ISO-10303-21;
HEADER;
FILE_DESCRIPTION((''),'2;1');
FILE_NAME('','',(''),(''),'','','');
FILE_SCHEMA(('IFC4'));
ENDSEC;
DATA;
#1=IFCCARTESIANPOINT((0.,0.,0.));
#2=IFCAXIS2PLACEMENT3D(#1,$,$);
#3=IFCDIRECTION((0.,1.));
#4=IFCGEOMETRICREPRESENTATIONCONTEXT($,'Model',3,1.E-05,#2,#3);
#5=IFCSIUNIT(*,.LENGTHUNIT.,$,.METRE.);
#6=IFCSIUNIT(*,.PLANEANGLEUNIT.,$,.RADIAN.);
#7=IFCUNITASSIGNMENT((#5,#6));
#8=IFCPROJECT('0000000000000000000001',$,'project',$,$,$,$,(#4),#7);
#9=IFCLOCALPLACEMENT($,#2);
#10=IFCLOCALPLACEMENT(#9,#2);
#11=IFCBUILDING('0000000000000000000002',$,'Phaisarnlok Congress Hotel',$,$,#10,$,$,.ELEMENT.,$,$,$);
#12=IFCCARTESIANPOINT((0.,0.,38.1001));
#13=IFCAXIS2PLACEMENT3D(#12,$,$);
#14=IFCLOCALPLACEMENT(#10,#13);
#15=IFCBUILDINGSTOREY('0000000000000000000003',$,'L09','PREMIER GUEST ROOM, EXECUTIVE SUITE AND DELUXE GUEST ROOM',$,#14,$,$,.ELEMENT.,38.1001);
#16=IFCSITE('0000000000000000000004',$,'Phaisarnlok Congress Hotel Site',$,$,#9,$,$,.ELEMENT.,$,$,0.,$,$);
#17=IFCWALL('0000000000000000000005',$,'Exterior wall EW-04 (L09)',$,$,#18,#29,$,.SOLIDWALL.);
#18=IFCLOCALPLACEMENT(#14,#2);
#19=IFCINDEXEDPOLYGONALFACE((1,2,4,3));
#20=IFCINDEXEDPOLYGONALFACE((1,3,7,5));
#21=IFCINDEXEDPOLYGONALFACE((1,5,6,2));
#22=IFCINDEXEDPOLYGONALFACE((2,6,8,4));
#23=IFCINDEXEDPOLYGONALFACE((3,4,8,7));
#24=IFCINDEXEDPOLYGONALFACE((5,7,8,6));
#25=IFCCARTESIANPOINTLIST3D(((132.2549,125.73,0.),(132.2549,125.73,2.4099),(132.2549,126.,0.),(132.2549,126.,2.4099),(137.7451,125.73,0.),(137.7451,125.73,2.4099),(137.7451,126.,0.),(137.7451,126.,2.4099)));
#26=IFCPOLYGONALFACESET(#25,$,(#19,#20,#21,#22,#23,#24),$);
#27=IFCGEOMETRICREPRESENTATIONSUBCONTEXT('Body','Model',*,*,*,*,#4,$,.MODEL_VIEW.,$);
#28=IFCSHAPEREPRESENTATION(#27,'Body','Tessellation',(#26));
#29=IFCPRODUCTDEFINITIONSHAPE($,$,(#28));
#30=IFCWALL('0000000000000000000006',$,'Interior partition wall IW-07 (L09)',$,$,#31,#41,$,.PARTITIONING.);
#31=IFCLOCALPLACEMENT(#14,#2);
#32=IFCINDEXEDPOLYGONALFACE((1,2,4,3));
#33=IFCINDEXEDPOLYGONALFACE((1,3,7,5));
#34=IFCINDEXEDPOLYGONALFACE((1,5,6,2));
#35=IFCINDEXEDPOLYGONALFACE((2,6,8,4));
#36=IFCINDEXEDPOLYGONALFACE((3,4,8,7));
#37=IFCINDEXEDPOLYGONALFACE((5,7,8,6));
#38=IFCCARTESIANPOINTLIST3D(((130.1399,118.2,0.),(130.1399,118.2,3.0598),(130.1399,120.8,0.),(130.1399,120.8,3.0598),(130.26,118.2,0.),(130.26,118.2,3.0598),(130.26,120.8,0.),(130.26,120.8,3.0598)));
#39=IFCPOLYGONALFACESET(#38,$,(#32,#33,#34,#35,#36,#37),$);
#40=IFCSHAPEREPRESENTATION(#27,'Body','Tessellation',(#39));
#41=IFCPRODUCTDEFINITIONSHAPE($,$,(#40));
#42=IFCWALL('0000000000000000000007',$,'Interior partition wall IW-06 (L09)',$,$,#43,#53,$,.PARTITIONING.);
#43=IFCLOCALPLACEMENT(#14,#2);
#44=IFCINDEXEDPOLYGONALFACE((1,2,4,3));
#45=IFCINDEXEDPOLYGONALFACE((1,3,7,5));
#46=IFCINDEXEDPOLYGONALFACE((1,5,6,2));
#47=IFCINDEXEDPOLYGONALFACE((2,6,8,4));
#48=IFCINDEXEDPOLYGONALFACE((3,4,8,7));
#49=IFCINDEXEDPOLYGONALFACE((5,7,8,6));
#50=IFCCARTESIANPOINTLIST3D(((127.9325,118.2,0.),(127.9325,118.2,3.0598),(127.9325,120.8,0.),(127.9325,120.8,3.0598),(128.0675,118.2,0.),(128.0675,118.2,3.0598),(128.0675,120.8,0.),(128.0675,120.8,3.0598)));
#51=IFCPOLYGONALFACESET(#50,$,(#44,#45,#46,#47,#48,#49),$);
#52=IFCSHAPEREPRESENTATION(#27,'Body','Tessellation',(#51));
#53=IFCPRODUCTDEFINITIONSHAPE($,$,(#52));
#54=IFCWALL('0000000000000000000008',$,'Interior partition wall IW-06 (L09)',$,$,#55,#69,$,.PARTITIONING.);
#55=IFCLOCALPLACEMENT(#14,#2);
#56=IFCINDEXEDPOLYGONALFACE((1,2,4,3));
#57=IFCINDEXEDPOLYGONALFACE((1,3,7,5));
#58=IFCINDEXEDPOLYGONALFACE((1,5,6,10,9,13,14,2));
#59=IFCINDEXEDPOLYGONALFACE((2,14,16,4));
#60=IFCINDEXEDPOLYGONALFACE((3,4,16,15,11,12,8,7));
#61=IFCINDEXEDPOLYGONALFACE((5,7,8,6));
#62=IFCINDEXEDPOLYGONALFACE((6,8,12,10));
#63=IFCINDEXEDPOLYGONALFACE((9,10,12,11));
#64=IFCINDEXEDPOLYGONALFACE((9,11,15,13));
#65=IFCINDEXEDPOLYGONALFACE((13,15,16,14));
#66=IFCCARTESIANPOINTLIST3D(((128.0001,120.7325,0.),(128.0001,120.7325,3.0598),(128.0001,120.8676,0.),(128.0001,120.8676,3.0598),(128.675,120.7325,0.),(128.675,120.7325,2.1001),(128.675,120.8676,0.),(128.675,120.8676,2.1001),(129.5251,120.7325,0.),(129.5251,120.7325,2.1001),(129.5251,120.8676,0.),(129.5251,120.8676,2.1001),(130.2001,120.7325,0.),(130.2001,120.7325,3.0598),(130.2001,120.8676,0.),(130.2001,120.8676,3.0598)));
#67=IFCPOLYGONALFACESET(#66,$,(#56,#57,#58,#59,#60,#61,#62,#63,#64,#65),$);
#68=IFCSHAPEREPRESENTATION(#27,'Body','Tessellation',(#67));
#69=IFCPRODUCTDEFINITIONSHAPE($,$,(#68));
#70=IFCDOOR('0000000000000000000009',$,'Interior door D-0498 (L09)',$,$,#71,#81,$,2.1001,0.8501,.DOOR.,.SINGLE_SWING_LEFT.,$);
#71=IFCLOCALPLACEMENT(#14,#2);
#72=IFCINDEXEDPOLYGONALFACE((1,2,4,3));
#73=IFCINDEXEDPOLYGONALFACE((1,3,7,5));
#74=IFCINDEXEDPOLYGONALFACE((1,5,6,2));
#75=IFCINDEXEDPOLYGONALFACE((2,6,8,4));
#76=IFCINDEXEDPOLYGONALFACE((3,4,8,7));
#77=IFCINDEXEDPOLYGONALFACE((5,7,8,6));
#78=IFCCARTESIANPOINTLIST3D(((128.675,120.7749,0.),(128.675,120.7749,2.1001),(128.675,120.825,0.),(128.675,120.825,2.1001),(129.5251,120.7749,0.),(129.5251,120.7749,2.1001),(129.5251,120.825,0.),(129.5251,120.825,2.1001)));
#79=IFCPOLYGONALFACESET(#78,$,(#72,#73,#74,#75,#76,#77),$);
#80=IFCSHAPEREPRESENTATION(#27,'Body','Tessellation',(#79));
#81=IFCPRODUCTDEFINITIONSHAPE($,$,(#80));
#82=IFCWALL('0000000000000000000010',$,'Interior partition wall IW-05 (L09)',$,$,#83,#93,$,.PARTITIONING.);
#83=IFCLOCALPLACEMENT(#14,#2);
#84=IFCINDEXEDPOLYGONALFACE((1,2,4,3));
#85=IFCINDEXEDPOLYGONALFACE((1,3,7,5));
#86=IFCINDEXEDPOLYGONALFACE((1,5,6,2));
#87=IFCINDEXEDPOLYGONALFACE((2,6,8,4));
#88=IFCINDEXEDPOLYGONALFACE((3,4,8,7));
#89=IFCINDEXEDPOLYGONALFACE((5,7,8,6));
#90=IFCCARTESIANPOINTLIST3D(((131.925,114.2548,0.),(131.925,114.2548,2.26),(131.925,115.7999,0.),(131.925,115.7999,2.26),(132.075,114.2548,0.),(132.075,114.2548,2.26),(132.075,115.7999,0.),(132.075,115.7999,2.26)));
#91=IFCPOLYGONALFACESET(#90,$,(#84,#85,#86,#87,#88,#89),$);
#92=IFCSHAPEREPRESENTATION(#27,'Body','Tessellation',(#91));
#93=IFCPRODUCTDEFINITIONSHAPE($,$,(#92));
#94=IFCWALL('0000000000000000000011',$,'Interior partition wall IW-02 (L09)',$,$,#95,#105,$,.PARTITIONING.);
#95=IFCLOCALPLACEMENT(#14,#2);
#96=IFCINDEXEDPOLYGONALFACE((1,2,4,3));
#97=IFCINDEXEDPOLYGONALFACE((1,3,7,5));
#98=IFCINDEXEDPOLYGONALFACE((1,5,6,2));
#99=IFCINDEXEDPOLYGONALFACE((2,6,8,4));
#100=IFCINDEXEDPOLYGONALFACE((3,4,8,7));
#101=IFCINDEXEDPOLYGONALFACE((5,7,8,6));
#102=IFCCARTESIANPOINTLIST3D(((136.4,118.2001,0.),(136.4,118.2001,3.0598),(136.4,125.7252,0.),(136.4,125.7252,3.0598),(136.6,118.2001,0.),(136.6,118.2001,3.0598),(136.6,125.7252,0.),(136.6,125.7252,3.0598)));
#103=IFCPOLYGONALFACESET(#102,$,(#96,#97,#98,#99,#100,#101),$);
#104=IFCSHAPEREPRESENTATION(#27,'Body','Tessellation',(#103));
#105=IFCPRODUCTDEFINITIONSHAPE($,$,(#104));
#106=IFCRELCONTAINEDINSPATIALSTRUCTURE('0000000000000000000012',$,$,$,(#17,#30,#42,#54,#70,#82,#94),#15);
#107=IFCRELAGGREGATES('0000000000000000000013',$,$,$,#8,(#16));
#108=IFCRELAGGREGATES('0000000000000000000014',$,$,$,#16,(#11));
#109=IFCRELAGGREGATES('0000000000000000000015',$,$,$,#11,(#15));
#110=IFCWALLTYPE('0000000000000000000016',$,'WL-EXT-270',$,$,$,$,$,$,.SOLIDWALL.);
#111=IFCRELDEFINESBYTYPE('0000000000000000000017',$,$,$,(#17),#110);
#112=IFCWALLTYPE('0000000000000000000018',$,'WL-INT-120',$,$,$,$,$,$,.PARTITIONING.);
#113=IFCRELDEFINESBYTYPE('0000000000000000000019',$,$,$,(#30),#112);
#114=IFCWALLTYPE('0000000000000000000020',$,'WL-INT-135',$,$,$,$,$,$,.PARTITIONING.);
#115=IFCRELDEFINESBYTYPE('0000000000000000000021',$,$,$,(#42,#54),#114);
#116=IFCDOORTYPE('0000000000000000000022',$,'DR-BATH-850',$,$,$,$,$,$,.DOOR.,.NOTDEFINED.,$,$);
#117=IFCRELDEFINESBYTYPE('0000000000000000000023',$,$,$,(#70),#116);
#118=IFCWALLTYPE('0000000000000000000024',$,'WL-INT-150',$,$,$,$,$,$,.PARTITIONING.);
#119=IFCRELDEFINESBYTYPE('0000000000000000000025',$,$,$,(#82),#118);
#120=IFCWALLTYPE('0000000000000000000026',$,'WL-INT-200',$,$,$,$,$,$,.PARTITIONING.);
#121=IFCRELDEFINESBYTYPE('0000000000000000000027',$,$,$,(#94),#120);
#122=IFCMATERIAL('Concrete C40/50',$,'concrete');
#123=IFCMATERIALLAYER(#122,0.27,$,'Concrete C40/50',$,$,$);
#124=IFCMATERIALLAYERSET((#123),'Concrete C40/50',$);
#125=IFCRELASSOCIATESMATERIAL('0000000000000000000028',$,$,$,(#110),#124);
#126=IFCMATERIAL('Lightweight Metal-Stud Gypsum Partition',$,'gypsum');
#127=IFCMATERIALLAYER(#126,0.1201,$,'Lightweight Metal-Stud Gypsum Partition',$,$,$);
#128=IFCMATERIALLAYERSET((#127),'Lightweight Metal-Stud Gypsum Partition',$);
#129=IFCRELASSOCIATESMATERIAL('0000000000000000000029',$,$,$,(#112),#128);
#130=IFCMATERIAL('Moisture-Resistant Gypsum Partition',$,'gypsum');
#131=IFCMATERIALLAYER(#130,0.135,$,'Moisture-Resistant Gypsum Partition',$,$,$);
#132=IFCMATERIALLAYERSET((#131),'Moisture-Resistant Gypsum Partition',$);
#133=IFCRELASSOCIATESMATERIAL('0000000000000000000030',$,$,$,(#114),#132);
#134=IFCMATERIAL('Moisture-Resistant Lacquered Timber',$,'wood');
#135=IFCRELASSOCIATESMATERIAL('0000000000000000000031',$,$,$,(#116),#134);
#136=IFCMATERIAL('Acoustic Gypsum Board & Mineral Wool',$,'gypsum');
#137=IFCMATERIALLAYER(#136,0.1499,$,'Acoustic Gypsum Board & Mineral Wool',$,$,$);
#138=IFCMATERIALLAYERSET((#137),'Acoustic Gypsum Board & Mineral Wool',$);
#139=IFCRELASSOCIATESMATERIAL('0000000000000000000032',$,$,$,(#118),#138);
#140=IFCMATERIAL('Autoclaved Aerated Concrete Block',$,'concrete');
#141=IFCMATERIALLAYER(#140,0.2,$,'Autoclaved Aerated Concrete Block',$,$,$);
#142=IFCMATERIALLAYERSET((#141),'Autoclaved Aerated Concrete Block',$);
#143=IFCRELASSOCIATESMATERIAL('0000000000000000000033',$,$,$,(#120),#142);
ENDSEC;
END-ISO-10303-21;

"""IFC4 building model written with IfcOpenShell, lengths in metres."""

from ifc_helpers import new_model, si_unit, direction, frame, frame_2d, origin, place, context, subcontext, project, spatial, rectangle, extrude, material, layer, layer_set, type_object, element, fill, save


model = new_model("IFC4")

# Units and contexts
model_context = context("Model", 3, precision=1e-05, world=origin(), true_north=direction((0.0, 1.0)))
body_context = subcontext(model_context, "Body", "Model", "MODEL_VIEW")
ifc_project = project(units=[si_unit("LENGTHUNIT", "METRE"), si_unit("PLANEANGLEUNIT", "RADIAN")], contexts=[model_context])

# Site, building, storey
site_placement = place(None, origin())
site = spatial("IfcSite", under=ifc_project, at=site_placement, Name="Phaisarnlok Congress Hotel Site", CompositionType="ELEMENT", RefElevation=0.0)
building_placement = place(site_placement, origin())
building = spatial("IfcBuilding", under=site, at=building_placement, Name="Phaisarnlok Congress Hotel", CompositionType="ELEMENT")
storey_placement = place(building_placement, frame((0.0, 0.0, 38.1001)))
storey = spatial("IfcBuildingStorey", under=building, at=storey_placement, Name="L09", Description="PREMIER GUEST ROOM, EXECUTIVE SUITE AND DELUXE GUEST ROOM", CompositionType="ELEMENT", Elevation=38.1001)

# Shared definitions
ifc_material_1 = material(Name="Concrete C40/50", Category="concrete")

# Walls
ifc_layer_1 = layer(ifc_material_1, 0.27, Name="Concrete C40/50")
ifc_layer_set_1 = layer_set([ifc_layer_1], Name="Concrete C40/50")
wall_type_1 = type_object("IfcWallType", Name="WL-EXT-270", PredefinedType="SOLIDWALL", material=ifc_layer_set_1)
wall_1_placement = place(storey_placement, frame((137.7451, 125.865, 0.0), z_axis=(0.0, 0.0, 1.0), x_axis=(-1.0, 0.0, 0.0)))
element("IfcWall", 1, at=wall_1_placement, inside=storey, type_object=wall_type_1, Name="Exterior wall EW-04 (L09)", PredefinedType="SOLIDWALL", context=body_context, shape_type="SweptSolid", body=[
    extrude(rectangle(XDim=5.4902, YDim=0.27, at=frame_2d((2.7451, 0.0))), origin(), (0.0, 0.0, 1.0), 2.4099),
])
ifc_material_2 = material(Name="Lightweight Metal-Stud Gypsum Partition", Category="gypsum")
ifc_layer_2 = layer(ifc_material_2, 0.1201, Name="Lightweight Metal-Stud Gypsum Partition")
ifc_layer_set_2 = layer_set([ifc_layer_2], Name="Lightweight Metal-Stud Gypsum Partition")
wall_type_2 = type_object("IfcWallType", Name="WL-INT-120", PredefinedType="PARTITIONING", material=ifc_layer_set_2)
wall_2_placement = place(storey_placement, frame((130.2, 118.2, 0.0), z_axis=(0.0, 0.0, 1.0), x_axis=(0.0, 1.0, 0.0)))
element("IfcWall", 2, at=wall_2_placement, inside=storey, type_object=wall_type_2, Name="Interior partition wall IW-07 (L09)", PredefinedType="PARTITIONING", context=body_context, shape_type="SweptSolid", body=[
    extrude(rectangle(XDim=2.6001, YDim=0.1201, at=frame_2d((1.3, 0.0))), origin(), (0.0, 0.0, 1.0), 3.0598),
])
ifc_material_3 = material(Name="Moisture-Resistant Gypsum Partition", Category="gypsum")
ifc_layer_3 = layer(ifc_material_3, 0.135, Name="Moisture-Resistant Gypsum Partition")
ifc_layer_set_3 = layer_set([ifc_layer_3], Name="Moisture-Resistant Gypsum Partition")
wall_type_3 = type_object("IfcWallType", Name="WL-INT-135", PredefinedType="PARTITIONING", material=ifc_layer_set_3)
wall_3_placement = place(storey_placement, frame((128.0, 118.2, 0.0), z_axis=(0.0, 0.0, 1.0), x_axis=(0.0, 1.0, 0.0)))
element("IfcWall", 3, at=wall_3_placement, inside=storey, type_object=wall_type_3, Name="Interior partition wall IW-06 (L09)", PredefinedType="PARTITIONING", context=body_context, shape_type="SweptSolid", body=[
    extrude(rectangle(XDim=2.6001, YDim=0.135, at=frame_2d((1.3, 0.0))), origin(), (0.0, 0.0, 1.0), 3.0598),
])

# Wall, opening, door
wall_4_placement = place(storey_placement, frame((128.0, 120.8, 0.0), z_axis=(0.0, 0.0, 1.0), x_axis=(1.0, 0.0, 0.0)))
wall_4 = element("IfcWall", 4, at=wall_4_placement, inside=storey, type_object=wall_type_3, Name="Interior partition wall IW-06 (L09)", PredefinedType="PARTITIONING", context=body_context, shape_type="SweptSolid", body=[
    extrude(rectangle(XDim=2.2, YDim=0.135, at=frame_2d((1.1001, 0.0))), origin(), (0.0, 0.0, 1.0), 3.0598),
])
opening_1_placement = place(wall_4_placement, frame((0.675, 0.0, 0.0)))
opening_1 = element("IfcOpeningElement", 5, at=opening_1_placement, cuts=wall_4, PredefinedType="OPENING", context=body_context, shape_type="SweptSolid", body=[
    extrude(rectangle(XDim=0.8501, YDim=2.1001, at=frame_2d((0.425, 1.05))), frame((0.0, 0.0776, 0.0), z_axis=(0.0, -1.0, 0.0), x_axis=(1.0, 0.0, 0.0)), (0.0, 0.0, 1.0), 0.155),
])
ifc_material_4 = material(Name="Moisture-Resistant Lacquered Timber", Category="wood")
door_type = type_object("IfcDoorType", Name="DR-BATH-850", OperationType="NOTDEFINED", PredefinedType="DOOR", material=ifc_material_4)
door_placement = place(opening_1_placement, origin())
door = element("IfcDoor", 6, at=door_placement, inside=storey, type_object=door_type, Name="Interior door D-0498 (L09)", OperationType="SINGLE_SWING_LEFT", OverallHeight=2.1001, OverallWidth=0.8501, PredefinedType="DOOR", context=body_context, shape_type="SweptSolid", body=[
    extrude(rectangle(XDim=0.8501, YDim=2.1001, at=frame_2d((0.425, 1.05))), frame((0.0, 0.0249, 0.0), z_axis=(0.0, -1.0, 0.0), x_axis=(1.0, 0.0, 0.0)), (0.0, 0.0, 1.0), 0.05),
])
fill(opening_1, door)

# Walls
ifc_material_5 = material(Name="Acoustic Gypsum Board & Mineral Wool", Category="gypsum")
ifc_layer_4 = layer(ifc_material_5, 0.1499, Name="Acoustic Gypsum Board & Mineral Wool")
ifc_layer_set_4 = layer_set([ifc_layer_4], Name="Acoustic Gypsum Board & Mineral Wool")
wall_type_4 = type_object("IfcWallType", Name="WL-INT-150", PredefinedType="PARTITIONING", material=ifc_layer_set_4)
wall_5_placement = place(storey_placement, frame((132.0, 114.2549, 0.0), z_axis=(0.0, 0.0, 1.0), x_axis=(0.0, 1.0, 0.0)))
element("IfcWall", 7, at=wall_5_placement, inside=storey, type_object=wall_type_4, Name="Interior partition wall IW-05 (L09)", PredefinedType="PARTITIONING", context=body_context, shape_type="SweptSolid", body=[
    extrude(rectangle(XDim=1.5452, YDim=0.1499, at=frame_2d((0.7725, 0.0))), origin(), (0.0, 0.0, 1.0), 2.26),
])
ifc_material_6 = material(Name="Autoclaved Aerated Concrete Block", Category="concrete")
ifc_layer_5 = layer(ifc_material_6, 0.2, Name="Autoclaved Aerated Concrete Block")
ifc_layer_set_5 = layer_set([ifc_layer_5], Name="Autoclaved Aerated Concrete Block")
wall_type_5 = type_object("IfcWallType", Name="WL-INT-200", PredefinedType="PARTITIONING", material=ifc_layer_set_5)
wall_6_placement = place(storey_placement, frame((136.5, 118.2, 0.0), z_axis=(0.0, 0.0, 1.0), x_axis=(0.0, 1.0, 0.0)))
element("IfcWall", 8, at=wall_6_placement, inside=storey, type_object=wall_type_5, Name="Interior partition wall IW-02 (L09)", PredefinedType="PARTITIONING", context=body_context, shape_type="SweptSolid", body=[
    extrude(rectangle(XDim=7.5251, YDim=0.2, at=frame_2d((3.7627, 0.0))), origin(), (0.0, 0.0, 1.0), 3.0598),
])

save(model, "model.ifc")
